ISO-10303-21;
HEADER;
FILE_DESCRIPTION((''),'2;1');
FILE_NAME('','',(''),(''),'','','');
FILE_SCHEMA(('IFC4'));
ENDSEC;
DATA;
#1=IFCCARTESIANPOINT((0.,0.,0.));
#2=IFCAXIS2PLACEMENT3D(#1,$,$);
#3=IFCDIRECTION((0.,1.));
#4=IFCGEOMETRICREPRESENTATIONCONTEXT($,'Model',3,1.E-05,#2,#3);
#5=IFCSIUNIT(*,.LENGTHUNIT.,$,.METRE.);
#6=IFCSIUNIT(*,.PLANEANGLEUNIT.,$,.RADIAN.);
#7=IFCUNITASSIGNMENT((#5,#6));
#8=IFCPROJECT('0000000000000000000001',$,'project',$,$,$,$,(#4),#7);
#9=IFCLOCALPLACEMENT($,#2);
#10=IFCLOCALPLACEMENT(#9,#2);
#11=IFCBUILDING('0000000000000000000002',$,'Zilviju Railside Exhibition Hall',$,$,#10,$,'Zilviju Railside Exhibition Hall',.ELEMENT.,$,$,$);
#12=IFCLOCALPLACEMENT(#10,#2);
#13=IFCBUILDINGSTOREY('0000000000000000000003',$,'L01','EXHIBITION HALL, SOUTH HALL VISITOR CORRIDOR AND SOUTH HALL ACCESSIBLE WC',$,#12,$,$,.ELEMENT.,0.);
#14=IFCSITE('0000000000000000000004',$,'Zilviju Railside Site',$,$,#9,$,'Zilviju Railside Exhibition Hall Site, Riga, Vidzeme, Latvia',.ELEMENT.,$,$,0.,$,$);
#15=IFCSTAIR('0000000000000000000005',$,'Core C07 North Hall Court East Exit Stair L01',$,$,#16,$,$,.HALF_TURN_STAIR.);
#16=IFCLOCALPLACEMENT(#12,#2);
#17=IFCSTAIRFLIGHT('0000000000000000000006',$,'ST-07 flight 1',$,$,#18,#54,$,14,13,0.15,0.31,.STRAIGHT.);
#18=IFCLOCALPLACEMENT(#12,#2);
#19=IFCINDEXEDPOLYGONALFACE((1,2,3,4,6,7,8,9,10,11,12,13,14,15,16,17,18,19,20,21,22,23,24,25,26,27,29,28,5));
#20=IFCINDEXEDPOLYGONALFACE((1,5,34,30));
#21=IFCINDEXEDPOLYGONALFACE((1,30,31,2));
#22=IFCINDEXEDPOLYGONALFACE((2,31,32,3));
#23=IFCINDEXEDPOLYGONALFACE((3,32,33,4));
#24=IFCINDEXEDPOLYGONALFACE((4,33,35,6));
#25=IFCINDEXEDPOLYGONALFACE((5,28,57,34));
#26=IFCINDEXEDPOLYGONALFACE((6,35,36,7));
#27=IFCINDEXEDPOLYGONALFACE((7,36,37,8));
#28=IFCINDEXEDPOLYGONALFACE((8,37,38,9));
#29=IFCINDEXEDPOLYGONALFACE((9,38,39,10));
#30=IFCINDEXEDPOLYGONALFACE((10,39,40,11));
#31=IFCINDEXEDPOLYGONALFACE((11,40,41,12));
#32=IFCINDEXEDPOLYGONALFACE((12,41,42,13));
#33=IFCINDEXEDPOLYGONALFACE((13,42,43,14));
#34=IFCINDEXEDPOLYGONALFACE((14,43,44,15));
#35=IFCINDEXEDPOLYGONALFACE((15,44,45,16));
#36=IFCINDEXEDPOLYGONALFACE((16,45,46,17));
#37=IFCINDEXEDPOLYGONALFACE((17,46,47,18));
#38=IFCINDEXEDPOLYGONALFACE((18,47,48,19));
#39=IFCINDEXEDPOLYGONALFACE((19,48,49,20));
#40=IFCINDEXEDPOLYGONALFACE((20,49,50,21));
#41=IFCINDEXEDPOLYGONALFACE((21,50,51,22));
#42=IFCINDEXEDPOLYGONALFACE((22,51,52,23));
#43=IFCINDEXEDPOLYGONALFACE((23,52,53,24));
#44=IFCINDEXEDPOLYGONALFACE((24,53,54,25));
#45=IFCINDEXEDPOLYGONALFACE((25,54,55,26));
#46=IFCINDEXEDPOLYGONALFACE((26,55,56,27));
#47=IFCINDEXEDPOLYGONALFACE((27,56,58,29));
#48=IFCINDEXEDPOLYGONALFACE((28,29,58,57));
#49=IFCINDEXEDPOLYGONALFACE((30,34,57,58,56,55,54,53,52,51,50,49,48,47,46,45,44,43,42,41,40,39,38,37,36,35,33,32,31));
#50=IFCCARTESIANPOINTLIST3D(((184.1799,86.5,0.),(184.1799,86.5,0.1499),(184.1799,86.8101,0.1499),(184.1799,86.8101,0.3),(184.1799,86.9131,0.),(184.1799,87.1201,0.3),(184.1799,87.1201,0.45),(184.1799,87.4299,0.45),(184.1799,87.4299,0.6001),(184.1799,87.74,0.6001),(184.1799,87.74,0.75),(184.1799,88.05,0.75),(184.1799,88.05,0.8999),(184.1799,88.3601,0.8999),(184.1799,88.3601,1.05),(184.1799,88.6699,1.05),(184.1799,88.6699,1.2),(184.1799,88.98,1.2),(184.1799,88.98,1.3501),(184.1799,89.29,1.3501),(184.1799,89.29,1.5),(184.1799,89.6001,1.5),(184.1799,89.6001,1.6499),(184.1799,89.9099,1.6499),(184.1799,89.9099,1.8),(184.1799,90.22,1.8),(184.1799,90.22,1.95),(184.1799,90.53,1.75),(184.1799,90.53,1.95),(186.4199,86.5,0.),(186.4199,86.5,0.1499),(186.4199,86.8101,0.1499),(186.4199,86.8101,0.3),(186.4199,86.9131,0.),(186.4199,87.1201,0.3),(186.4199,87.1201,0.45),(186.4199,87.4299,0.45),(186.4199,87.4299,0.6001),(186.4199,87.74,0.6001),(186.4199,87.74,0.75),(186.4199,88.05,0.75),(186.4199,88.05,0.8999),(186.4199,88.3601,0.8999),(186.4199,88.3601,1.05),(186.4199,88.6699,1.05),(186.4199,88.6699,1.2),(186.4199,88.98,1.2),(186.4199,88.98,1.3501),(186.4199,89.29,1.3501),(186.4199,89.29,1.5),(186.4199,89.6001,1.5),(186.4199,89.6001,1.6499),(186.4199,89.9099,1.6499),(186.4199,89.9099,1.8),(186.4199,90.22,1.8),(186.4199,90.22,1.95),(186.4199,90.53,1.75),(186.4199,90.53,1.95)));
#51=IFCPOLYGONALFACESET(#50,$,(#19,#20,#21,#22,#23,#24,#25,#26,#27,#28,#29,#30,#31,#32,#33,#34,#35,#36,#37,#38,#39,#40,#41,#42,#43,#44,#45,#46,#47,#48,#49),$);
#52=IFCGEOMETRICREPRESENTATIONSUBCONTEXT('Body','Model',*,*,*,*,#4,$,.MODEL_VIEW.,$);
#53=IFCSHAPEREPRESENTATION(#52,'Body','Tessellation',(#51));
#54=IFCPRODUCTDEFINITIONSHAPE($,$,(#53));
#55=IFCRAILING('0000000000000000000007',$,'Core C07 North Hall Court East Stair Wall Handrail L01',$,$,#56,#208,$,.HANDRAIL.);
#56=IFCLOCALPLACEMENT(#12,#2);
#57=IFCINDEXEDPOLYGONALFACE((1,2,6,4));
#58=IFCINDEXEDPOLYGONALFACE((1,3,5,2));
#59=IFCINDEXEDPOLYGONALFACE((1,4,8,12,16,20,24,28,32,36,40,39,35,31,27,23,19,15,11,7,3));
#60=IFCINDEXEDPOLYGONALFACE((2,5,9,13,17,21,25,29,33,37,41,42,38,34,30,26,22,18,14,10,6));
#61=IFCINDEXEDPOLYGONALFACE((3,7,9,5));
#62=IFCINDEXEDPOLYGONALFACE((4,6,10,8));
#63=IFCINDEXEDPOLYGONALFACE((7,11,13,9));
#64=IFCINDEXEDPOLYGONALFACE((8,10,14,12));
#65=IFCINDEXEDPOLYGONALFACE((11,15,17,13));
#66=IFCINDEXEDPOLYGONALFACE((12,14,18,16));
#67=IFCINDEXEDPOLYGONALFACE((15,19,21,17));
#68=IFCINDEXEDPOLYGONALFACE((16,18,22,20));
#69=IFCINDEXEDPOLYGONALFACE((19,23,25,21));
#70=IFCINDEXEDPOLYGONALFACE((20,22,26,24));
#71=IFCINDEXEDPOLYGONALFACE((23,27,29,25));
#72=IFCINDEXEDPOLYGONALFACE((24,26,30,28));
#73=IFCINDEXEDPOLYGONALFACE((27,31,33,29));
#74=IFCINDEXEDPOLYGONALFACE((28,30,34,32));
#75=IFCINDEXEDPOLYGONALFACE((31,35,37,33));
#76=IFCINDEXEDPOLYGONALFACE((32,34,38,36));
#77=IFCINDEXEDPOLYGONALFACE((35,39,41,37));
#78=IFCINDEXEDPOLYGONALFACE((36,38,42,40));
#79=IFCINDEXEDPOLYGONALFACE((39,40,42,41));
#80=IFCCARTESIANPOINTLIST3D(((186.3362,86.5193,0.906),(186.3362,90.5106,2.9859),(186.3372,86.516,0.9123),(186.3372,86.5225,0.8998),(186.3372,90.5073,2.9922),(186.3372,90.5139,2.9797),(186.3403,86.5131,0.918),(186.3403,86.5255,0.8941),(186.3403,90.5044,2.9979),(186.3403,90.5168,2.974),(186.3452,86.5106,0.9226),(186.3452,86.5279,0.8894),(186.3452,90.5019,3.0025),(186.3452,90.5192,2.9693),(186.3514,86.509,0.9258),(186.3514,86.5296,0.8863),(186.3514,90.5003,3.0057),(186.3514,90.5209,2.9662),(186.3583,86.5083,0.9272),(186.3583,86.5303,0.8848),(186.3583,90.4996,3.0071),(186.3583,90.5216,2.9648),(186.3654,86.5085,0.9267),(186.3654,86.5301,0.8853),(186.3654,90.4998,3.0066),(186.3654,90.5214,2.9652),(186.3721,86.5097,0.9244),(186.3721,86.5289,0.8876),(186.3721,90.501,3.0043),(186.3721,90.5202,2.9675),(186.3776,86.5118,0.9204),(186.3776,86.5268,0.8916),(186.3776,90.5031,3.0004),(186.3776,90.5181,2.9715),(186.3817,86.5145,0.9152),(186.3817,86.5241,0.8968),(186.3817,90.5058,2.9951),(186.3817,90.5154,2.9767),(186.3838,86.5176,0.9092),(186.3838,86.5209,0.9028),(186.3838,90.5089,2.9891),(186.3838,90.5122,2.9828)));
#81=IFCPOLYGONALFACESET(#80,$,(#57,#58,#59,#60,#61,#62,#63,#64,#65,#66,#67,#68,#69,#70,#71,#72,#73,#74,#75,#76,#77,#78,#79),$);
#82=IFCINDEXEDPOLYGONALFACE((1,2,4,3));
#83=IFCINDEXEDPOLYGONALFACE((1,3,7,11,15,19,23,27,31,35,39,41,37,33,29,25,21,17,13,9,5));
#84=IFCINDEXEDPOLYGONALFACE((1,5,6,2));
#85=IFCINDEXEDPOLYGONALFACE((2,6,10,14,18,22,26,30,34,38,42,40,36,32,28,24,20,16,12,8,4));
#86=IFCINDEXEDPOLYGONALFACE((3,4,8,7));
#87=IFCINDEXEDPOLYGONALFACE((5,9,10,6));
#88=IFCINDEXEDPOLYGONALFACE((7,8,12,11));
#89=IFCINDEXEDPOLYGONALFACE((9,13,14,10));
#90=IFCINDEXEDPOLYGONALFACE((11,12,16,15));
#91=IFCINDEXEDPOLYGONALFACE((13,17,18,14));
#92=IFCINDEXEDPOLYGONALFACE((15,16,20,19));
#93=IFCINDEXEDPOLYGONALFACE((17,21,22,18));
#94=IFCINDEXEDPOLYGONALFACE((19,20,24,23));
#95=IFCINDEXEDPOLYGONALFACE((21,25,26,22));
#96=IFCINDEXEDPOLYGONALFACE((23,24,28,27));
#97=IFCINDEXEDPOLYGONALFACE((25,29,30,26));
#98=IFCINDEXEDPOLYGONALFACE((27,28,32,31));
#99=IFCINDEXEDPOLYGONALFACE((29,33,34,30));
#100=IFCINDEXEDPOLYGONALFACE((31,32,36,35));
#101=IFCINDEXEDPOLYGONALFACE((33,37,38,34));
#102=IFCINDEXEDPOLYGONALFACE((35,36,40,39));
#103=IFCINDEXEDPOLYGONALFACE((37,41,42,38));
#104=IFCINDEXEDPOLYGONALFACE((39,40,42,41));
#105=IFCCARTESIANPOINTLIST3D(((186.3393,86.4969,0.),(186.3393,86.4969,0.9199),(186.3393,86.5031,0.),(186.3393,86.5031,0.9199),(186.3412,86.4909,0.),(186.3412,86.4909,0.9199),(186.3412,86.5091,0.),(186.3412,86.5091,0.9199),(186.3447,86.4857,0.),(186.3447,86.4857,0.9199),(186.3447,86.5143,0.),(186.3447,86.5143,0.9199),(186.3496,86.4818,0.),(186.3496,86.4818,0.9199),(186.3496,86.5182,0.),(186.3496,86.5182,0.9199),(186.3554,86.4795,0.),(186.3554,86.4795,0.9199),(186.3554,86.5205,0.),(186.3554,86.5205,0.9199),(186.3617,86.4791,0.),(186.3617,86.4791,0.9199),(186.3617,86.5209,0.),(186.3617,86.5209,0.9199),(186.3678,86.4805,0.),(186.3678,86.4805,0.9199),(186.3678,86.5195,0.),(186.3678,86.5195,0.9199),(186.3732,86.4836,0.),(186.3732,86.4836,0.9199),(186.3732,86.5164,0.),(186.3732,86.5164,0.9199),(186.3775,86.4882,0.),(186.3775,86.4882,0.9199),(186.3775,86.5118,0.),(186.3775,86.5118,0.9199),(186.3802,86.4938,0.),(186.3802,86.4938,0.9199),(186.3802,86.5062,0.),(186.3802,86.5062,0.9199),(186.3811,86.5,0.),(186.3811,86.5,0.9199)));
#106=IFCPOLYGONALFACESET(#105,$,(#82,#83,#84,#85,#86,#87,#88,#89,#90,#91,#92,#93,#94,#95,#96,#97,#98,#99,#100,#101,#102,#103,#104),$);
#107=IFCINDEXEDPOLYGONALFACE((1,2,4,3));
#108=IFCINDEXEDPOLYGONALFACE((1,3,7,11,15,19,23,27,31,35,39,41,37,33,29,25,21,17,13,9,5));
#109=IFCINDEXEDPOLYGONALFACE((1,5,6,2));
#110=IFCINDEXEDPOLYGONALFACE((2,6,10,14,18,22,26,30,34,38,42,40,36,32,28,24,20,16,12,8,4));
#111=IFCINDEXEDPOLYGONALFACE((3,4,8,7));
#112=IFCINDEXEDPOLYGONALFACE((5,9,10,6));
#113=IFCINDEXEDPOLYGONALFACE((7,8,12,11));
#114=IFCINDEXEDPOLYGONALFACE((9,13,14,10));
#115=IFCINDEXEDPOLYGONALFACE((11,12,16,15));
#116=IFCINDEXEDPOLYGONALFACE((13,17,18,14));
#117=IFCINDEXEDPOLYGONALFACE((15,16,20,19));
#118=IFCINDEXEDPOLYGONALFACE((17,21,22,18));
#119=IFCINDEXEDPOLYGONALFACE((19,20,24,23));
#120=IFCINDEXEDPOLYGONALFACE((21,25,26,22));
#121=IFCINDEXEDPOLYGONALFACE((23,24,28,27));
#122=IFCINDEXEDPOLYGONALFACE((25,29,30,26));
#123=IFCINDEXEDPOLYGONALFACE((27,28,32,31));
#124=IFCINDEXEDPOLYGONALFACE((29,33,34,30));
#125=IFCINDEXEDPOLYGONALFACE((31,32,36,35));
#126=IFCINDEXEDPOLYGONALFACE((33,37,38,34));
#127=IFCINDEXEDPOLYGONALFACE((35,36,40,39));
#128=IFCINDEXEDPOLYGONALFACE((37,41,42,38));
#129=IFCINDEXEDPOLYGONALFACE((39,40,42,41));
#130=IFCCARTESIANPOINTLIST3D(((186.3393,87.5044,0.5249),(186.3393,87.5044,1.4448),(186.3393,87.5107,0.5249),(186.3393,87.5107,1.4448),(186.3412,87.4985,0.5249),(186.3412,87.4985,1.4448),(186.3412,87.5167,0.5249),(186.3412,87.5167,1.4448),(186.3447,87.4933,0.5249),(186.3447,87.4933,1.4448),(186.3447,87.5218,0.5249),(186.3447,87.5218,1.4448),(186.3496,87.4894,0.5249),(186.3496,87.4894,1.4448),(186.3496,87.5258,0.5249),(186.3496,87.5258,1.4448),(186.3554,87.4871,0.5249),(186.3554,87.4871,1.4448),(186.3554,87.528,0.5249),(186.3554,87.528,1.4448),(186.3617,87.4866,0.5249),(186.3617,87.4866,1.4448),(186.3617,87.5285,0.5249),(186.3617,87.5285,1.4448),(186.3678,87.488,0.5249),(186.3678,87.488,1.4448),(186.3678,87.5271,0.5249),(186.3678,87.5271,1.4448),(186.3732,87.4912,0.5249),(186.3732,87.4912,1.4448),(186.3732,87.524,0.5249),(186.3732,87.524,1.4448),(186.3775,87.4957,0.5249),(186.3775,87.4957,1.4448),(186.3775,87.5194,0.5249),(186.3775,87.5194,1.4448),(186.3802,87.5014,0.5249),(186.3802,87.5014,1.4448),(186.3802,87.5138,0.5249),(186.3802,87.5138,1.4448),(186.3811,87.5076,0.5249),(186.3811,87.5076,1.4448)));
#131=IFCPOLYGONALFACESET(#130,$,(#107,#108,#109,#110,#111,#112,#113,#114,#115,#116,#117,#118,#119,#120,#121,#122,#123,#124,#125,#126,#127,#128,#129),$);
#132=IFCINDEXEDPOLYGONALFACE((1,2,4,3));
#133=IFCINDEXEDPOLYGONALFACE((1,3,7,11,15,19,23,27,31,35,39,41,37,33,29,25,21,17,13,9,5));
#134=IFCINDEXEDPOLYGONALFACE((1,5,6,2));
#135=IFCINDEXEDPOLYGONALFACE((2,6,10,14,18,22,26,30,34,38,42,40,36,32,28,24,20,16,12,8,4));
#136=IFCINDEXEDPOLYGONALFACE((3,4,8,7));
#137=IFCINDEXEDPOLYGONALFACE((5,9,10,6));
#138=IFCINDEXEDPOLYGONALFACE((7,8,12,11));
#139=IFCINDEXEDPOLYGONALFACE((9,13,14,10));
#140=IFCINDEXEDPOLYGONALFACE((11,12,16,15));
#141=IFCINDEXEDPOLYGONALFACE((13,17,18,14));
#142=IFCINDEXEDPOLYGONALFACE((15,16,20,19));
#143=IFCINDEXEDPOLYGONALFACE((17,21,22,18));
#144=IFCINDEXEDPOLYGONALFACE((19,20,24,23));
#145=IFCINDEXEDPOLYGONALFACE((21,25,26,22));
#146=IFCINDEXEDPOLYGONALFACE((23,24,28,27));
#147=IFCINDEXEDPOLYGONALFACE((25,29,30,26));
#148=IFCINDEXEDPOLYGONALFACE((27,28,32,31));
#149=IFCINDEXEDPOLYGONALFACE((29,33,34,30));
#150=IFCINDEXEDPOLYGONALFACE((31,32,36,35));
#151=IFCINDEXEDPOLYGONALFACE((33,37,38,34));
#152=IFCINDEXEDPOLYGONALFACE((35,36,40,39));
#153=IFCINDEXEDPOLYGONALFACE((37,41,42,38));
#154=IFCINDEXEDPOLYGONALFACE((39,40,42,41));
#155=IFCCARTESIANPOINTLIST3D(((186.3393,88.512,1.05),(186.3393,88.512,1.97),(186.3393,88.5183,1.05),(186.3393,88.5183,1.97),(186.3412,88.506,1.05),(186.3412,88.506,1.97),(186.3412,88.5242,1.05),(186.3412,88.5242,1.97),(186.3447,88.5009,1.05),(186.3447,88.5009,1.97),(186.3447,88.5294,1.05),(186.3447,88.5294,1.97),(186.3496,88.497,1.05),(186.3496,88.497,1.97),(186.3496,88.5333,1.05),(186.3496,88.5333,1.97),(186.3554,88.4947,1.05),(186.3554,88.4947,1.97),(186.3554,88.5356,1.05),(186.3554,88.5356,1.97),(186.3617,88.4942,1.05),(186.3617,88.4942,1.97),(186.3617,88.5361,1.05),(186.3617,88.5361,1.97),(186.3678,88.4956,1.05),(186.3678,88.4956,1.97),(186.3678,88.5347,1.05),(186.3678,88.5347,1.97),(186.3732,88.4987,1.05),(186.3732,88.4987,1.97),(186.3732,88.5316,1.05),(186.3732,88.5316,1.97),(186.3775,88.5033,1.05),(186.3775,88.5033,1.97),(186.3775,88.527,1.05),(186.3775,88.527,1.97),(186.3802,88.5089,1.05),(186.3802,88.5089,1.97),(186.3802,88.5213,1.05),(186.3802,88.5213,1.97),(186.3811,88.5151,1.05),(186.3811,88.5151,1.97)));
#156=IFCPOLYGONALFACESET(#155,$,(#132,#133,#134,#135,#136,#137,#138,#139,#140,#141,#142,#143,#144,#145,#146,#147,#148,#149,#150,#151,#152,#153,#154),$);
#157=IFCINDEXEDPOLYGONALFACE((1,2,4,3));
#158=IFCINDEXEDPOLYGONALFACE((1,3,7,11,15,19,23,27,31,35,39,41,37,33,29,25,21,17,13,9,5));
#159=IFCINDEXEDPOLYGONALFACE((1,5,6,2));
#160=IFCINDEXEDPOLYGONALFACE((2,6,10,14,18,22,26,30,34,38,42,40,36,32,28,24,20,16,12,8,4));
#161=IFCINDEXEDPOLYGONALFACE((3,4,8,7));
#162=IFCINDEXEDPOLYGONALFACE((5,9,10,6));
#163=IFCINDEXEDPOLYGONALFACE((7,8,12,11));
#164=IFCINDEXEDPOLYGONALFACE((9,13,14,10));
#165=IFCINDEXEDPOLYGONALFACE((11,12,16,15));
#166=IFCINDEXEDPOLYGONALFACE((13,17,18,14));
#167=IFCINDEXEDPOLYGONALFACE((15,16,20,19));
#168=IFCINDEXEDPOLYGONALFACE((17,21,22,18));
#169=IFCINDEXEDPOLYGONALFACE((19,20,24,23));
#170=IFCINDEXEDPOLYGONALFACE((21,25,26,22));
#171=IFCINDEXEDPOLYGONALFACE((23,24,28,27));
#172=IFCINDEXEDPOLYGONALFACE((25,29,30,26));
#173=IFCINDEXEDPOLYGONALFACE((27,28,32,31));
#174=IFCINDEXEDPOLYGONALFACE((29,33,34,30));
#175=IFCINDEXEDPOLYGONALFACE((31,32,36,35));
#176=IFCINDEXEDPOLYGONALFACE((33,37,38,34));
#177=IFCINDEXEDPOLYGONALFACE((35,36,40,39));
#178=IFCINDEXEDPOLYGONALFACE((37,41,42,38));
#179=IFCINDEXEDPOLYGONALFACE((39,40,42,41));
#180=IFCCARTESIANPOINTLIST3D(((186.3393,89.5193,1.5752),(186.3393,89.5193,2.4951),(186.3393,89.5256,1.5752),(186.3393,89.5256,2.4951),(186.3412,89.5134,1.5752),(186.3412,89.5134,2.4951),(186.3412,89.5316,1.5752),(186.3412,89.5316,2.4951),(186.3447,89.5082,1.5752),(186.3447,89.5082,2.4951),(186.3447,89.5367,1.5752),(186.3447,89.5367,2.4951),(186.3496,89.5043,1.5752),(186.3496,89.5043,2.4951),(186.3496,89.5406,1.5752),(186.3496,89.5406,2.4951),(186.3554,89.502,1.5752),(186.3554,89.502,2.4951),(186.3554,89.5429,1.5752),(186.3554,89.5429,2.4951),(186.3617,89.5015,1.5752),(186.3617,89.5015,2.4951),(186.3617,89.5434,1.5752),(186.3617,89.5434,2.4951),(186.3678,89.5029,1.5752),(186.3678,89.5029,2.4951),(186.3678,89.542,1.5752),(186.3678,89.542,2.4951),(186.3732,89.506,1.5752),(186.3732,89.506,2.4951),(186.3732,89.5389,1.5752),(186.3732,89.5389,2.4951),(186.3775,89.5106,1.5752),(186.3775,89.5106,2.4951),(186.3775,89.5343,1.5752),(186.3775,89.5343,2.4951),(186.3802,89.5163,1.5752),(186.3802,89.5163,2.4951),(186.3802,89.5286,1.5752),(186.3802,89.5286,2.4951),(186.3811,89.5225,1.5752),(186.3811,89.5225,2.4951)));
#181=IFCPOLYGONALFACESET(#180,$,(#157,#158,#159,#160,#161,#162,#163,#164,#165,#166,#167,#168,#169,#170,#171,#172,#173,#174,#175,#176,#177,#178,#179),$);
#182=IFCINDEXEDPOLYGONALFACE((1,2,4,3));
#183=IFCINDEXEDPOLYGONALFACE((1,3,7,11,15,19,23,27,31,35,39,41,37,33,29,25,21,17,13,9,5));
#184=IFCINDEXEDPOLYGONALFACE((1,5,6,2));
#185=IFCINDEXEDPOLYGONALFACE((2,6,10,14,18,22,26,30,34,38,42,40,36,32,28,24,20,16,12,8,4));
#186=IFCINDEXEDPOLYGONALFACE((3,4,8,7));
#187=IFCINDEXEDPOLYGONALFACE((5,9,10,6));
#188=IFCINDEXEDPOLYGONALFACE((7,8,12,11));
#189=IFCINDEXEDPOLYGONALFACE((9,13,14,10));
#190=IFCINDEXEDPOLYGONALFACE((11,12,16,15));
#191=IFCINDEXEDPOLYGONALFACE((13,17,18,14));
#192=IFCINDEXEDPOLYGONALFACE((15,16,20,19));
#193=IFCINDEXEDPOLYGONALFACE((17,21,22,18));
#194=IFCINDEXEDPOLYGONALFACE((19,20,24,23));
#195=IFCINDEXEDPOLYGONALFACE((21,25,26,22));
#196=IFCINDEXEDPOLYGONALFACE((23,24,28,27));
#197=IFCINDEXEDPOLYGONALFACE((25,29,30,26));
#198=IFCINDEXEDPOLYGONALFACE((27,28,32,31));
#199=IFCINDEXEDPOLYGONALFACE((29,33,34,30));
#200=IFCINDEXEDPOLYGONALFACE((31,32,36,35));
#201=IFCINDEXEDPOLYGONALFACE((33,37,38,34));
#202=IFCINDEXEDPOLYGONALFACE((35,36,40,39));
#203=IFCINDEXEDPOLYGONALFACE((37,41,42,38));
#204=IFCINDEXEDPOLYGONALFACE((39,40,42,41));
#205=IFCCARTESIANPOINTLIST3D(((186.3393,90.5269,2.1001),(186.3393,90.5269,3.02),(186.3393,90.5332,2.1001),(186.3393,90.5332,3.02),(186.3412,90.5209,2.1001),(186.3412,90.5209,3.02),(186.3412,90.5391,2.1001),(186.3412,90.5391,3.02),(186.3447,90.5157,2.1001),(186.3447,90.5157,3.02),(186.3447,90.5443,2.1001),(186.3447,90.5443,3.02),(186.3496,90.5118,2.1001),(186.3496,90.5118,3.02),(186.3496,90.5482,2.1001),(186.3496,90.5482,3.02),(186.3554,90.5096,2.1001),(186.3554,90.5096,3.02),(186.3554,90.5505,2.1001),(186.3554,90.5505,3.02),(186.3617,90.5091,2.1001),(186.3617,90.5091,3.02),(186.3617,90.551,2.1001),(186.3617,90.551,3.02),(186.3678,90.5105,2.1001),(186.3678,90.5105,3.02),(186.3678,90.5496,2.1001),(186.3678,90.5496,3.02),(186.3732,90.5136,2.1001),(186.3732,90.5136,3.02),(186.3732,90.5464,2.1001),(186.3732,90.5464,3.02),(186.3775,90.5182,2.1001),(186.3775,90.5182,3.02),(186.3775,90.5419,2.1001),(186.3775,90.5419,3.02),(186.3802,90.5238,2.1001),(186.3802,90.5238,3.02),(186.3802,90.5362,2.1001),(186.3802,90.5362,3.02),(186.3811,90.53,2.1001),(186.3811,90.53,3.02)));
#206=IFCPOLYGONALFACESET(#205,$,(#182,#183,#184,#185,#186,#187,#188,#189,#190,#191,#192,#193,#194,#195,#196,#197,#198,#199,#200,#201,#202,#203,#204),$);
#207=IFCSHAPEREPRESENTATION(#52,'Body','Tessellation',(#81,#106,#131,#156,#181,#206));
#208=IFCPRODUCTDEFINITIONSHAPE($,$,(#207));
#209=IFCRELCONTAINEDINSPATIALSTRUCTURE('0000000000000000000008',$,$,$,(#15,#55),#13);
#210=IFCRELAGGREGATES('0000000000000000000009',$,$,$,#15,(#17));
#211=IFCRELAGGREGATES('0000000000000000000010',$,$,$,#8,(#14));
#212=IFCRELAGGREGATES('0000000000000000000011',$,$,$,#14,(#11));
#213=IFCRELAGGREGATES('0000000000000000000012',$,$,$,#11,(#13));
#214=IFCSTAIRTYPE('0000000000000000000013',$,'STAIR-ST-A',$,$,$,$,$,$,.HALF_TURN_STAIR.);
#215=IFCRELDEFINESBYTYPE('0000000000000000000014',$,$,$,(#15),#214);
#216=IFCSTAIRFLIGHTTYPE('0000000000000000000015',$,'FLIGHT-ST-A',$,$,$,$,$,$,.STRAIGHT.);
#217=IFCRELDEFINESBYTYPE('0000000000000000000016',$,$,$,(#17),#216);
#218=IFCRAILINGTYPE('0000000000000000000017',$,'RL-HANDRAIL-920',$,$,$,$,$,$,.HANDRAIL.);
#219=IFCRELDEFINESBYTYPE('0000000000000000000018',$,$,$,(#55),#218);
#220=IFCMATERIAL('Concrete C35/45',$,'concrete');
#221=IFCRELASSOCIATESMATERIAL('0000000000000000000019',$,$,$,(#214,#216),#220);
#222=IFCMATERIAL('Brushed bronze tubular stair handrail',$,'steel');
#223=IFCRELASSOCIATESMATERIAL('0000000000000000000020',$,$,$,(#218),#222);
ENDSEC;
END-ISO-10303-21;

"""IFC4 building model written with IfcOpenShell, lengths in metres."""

from ifc_helpers import new_model, si_unit, direction, frame, origin, origin_2d, place, context, subcontext, project, spatial, polyline, circle, outline, extrude, material, type_object, element, aggregate, save


model = new_model("IFC4")

# Units and contexts
model_context = context("Model", 3, precision=1e-05, world=origin(), true_north=direction((0.0, 1.0)))
body_context = subcontext(model_context, "Body", "Model", "MODEL_VIEW")
ifc_project = project(units=[si_unit("LENGTHUNIT", "METRE"), si_unit("PLANEANGLEUNIT", "RADIAN")], contexts=[model_context])

# Site, building, storey
site_placement = place(None, origin())
site = spatial("IfcSite", under=ifc_project, at=site_placement, Name="Zilviju Railside Site", LongName="Zilviju Railside Exhibition Hall Site, Riga, Vidzeme, Latvia", CompositionType="ELEMENT", RefElevation=0.0)
building_placement = place(site_placement, origin())
building = spatial("IfcBuilding", under=site, at=building_placement, Name="Zilviju Railside Exhibition Hall", LongName="Zilviju Railside Exhibition Hall", CompositionType="ELEMENT")
storey_placement = place(building_placement, origin())
storey = spatial("IfcBuildingStorey", under=building, at=storey_placement, Name="L01", Description="EXHIBITION HALL, SOUTH HALL VISITOR CORRIDOR AND SOUTH HALL ACCESSIBLE WC", CompositionType="ELEMENT", Elevation=0.0)

# Shared definitions
ifc_material_1 = material(Name="Concrete C35/45", Category="concrete")

# Stair, stair flight
stair_type = type_object("IfcStairType", Name="STAIR-ST-A", PredefinedType="HALF_TURN_STAIR", material=ifc_material_1)
stair_placement = place(storey_placement, origin())
stair = element("IfcStair", 1, at=stair_placement, inside=storey, type_object=stair_type, Name="Core C07 North Hall Court East Exit Stair L01", PredefinedType="HALF_TURN_STAIR")
stair_flight_type = type_object("IfcStairFlightType", Name="FLIGHT-ST-A", PredefinedType="STRAIGHT", material=ifc_material_1)
stair_flight_placement = place(storey_placement, frame((185.3, 86.5, 0.0), z_axis=(0.0, 0.0, 1.0), x_axis=(0.0, 1.0, 0.0)))
stair_flight = element("IfcStairFlight", 2, at=stair_flight_placement, type_object=stair_flight_type, Name="ST-07 flight 1", NumberOfRisers=14, NumberOfTreads=13, PredefinedType="STRAIGHT", RiserHeight=0.15, TreadLength=0.31, context=body_context, shape_type="SweptSolid", body=[
    extrude(outline(polyline([(0.0, 0.0), (0.0, 0.1499), (0.3101, 0.1499), (0.3101, 0.3), (0.6201, 0.3), (0.6201, 0.45), (0.9299, 0.45), (0.9299, 0.6001), (1.24, 0.6001), (1.24, 0.75), (1.55, 0.75), (1.55, 0.8999), (1.8601, 0.8999), (1.8601, 1.05), (2.1699, 1.05), (2.1699, 1.2), (2.48, 1.2), (2.48, 1.3501), (2.79, 1.3501), (2.79, 1.5), (3.1001, 1.5), (3.1001, 1.6499), (3.4099, 1.6499), (3.4099, 1.8), (3.72, 1.8), (3.72, 1.95), (4.03, 1.95), (4.03, 2.1001), (4.03, 1.75), (0.4131, 0.0), (0.0, 0.0)])), frame((0.0, 1.1201, 0.0), z_axis=(0.0, -1.0, 0.0), x_axis=(1.0, 0.0, 0.0)), (0.0, 0.0, 1.0), 2.24),
])
aggregate(stair, [stair_flight])

# Railing
ifc_material_2 = material(Name="Brushed bronze tubular stair handrail", Category="steel")
railing_type_1 = type_object("IfcRailingType", Name="RL-HANDRAIL-920", PredefinedType="HANDRAIL", material=ifc_material_2)
railing_1_placement = place(storey_placement, frame((186.3601, 86.5, 0.0)))
element("IfcRailing", 3, at=railing_1_placement, inside=storey, type_object=railing_type_1, Name="Core C07 North Hall Court East Stair Wall Handrail L01", PredefinedType="HANDRAIL", context=body_context, shape_type="SweptSolid", body=[
    extrude(circle(Radius=0.0239, at=origin_2d()), frame((0.0, 0.0193, 0.906), z_axis=(0.0, 0.886813, 0.462129), x_axis=(-1.0, 0.0, 0.0)), (0.0, 0.0, 1.0), 4.5007),
    extrude(circle(Radius=0.021, at=origin_2d()), origin(), (0.0, 0.0, 1.0), 0.9199),
    extrude(circle(Radius=0.021, at=origin_2d()), frame((0.0, 1.0076, 0.5249)), (0.0, 0.0, 1.0), 0.9199),
    extrude(circle(Radius=0.021, at=origin_2d()), frame((0.0, 2.0151, 1.05)), (0.0, 0.0, 1.0), 0.9199),
    extrude(circle(Radius=0.021, at=origin_2d()), frame((0.0, 3.0225, 1.5752)), (0.0, 0.0, 1.0), 0.9199),
    extrude(circle(Radius=0.021, at=origin_2d()), frame((0.0, 4.03, 2.1001)), (0.0, 0.0, 1.0), 0.9199),
])

save(model, "model.ifc")
